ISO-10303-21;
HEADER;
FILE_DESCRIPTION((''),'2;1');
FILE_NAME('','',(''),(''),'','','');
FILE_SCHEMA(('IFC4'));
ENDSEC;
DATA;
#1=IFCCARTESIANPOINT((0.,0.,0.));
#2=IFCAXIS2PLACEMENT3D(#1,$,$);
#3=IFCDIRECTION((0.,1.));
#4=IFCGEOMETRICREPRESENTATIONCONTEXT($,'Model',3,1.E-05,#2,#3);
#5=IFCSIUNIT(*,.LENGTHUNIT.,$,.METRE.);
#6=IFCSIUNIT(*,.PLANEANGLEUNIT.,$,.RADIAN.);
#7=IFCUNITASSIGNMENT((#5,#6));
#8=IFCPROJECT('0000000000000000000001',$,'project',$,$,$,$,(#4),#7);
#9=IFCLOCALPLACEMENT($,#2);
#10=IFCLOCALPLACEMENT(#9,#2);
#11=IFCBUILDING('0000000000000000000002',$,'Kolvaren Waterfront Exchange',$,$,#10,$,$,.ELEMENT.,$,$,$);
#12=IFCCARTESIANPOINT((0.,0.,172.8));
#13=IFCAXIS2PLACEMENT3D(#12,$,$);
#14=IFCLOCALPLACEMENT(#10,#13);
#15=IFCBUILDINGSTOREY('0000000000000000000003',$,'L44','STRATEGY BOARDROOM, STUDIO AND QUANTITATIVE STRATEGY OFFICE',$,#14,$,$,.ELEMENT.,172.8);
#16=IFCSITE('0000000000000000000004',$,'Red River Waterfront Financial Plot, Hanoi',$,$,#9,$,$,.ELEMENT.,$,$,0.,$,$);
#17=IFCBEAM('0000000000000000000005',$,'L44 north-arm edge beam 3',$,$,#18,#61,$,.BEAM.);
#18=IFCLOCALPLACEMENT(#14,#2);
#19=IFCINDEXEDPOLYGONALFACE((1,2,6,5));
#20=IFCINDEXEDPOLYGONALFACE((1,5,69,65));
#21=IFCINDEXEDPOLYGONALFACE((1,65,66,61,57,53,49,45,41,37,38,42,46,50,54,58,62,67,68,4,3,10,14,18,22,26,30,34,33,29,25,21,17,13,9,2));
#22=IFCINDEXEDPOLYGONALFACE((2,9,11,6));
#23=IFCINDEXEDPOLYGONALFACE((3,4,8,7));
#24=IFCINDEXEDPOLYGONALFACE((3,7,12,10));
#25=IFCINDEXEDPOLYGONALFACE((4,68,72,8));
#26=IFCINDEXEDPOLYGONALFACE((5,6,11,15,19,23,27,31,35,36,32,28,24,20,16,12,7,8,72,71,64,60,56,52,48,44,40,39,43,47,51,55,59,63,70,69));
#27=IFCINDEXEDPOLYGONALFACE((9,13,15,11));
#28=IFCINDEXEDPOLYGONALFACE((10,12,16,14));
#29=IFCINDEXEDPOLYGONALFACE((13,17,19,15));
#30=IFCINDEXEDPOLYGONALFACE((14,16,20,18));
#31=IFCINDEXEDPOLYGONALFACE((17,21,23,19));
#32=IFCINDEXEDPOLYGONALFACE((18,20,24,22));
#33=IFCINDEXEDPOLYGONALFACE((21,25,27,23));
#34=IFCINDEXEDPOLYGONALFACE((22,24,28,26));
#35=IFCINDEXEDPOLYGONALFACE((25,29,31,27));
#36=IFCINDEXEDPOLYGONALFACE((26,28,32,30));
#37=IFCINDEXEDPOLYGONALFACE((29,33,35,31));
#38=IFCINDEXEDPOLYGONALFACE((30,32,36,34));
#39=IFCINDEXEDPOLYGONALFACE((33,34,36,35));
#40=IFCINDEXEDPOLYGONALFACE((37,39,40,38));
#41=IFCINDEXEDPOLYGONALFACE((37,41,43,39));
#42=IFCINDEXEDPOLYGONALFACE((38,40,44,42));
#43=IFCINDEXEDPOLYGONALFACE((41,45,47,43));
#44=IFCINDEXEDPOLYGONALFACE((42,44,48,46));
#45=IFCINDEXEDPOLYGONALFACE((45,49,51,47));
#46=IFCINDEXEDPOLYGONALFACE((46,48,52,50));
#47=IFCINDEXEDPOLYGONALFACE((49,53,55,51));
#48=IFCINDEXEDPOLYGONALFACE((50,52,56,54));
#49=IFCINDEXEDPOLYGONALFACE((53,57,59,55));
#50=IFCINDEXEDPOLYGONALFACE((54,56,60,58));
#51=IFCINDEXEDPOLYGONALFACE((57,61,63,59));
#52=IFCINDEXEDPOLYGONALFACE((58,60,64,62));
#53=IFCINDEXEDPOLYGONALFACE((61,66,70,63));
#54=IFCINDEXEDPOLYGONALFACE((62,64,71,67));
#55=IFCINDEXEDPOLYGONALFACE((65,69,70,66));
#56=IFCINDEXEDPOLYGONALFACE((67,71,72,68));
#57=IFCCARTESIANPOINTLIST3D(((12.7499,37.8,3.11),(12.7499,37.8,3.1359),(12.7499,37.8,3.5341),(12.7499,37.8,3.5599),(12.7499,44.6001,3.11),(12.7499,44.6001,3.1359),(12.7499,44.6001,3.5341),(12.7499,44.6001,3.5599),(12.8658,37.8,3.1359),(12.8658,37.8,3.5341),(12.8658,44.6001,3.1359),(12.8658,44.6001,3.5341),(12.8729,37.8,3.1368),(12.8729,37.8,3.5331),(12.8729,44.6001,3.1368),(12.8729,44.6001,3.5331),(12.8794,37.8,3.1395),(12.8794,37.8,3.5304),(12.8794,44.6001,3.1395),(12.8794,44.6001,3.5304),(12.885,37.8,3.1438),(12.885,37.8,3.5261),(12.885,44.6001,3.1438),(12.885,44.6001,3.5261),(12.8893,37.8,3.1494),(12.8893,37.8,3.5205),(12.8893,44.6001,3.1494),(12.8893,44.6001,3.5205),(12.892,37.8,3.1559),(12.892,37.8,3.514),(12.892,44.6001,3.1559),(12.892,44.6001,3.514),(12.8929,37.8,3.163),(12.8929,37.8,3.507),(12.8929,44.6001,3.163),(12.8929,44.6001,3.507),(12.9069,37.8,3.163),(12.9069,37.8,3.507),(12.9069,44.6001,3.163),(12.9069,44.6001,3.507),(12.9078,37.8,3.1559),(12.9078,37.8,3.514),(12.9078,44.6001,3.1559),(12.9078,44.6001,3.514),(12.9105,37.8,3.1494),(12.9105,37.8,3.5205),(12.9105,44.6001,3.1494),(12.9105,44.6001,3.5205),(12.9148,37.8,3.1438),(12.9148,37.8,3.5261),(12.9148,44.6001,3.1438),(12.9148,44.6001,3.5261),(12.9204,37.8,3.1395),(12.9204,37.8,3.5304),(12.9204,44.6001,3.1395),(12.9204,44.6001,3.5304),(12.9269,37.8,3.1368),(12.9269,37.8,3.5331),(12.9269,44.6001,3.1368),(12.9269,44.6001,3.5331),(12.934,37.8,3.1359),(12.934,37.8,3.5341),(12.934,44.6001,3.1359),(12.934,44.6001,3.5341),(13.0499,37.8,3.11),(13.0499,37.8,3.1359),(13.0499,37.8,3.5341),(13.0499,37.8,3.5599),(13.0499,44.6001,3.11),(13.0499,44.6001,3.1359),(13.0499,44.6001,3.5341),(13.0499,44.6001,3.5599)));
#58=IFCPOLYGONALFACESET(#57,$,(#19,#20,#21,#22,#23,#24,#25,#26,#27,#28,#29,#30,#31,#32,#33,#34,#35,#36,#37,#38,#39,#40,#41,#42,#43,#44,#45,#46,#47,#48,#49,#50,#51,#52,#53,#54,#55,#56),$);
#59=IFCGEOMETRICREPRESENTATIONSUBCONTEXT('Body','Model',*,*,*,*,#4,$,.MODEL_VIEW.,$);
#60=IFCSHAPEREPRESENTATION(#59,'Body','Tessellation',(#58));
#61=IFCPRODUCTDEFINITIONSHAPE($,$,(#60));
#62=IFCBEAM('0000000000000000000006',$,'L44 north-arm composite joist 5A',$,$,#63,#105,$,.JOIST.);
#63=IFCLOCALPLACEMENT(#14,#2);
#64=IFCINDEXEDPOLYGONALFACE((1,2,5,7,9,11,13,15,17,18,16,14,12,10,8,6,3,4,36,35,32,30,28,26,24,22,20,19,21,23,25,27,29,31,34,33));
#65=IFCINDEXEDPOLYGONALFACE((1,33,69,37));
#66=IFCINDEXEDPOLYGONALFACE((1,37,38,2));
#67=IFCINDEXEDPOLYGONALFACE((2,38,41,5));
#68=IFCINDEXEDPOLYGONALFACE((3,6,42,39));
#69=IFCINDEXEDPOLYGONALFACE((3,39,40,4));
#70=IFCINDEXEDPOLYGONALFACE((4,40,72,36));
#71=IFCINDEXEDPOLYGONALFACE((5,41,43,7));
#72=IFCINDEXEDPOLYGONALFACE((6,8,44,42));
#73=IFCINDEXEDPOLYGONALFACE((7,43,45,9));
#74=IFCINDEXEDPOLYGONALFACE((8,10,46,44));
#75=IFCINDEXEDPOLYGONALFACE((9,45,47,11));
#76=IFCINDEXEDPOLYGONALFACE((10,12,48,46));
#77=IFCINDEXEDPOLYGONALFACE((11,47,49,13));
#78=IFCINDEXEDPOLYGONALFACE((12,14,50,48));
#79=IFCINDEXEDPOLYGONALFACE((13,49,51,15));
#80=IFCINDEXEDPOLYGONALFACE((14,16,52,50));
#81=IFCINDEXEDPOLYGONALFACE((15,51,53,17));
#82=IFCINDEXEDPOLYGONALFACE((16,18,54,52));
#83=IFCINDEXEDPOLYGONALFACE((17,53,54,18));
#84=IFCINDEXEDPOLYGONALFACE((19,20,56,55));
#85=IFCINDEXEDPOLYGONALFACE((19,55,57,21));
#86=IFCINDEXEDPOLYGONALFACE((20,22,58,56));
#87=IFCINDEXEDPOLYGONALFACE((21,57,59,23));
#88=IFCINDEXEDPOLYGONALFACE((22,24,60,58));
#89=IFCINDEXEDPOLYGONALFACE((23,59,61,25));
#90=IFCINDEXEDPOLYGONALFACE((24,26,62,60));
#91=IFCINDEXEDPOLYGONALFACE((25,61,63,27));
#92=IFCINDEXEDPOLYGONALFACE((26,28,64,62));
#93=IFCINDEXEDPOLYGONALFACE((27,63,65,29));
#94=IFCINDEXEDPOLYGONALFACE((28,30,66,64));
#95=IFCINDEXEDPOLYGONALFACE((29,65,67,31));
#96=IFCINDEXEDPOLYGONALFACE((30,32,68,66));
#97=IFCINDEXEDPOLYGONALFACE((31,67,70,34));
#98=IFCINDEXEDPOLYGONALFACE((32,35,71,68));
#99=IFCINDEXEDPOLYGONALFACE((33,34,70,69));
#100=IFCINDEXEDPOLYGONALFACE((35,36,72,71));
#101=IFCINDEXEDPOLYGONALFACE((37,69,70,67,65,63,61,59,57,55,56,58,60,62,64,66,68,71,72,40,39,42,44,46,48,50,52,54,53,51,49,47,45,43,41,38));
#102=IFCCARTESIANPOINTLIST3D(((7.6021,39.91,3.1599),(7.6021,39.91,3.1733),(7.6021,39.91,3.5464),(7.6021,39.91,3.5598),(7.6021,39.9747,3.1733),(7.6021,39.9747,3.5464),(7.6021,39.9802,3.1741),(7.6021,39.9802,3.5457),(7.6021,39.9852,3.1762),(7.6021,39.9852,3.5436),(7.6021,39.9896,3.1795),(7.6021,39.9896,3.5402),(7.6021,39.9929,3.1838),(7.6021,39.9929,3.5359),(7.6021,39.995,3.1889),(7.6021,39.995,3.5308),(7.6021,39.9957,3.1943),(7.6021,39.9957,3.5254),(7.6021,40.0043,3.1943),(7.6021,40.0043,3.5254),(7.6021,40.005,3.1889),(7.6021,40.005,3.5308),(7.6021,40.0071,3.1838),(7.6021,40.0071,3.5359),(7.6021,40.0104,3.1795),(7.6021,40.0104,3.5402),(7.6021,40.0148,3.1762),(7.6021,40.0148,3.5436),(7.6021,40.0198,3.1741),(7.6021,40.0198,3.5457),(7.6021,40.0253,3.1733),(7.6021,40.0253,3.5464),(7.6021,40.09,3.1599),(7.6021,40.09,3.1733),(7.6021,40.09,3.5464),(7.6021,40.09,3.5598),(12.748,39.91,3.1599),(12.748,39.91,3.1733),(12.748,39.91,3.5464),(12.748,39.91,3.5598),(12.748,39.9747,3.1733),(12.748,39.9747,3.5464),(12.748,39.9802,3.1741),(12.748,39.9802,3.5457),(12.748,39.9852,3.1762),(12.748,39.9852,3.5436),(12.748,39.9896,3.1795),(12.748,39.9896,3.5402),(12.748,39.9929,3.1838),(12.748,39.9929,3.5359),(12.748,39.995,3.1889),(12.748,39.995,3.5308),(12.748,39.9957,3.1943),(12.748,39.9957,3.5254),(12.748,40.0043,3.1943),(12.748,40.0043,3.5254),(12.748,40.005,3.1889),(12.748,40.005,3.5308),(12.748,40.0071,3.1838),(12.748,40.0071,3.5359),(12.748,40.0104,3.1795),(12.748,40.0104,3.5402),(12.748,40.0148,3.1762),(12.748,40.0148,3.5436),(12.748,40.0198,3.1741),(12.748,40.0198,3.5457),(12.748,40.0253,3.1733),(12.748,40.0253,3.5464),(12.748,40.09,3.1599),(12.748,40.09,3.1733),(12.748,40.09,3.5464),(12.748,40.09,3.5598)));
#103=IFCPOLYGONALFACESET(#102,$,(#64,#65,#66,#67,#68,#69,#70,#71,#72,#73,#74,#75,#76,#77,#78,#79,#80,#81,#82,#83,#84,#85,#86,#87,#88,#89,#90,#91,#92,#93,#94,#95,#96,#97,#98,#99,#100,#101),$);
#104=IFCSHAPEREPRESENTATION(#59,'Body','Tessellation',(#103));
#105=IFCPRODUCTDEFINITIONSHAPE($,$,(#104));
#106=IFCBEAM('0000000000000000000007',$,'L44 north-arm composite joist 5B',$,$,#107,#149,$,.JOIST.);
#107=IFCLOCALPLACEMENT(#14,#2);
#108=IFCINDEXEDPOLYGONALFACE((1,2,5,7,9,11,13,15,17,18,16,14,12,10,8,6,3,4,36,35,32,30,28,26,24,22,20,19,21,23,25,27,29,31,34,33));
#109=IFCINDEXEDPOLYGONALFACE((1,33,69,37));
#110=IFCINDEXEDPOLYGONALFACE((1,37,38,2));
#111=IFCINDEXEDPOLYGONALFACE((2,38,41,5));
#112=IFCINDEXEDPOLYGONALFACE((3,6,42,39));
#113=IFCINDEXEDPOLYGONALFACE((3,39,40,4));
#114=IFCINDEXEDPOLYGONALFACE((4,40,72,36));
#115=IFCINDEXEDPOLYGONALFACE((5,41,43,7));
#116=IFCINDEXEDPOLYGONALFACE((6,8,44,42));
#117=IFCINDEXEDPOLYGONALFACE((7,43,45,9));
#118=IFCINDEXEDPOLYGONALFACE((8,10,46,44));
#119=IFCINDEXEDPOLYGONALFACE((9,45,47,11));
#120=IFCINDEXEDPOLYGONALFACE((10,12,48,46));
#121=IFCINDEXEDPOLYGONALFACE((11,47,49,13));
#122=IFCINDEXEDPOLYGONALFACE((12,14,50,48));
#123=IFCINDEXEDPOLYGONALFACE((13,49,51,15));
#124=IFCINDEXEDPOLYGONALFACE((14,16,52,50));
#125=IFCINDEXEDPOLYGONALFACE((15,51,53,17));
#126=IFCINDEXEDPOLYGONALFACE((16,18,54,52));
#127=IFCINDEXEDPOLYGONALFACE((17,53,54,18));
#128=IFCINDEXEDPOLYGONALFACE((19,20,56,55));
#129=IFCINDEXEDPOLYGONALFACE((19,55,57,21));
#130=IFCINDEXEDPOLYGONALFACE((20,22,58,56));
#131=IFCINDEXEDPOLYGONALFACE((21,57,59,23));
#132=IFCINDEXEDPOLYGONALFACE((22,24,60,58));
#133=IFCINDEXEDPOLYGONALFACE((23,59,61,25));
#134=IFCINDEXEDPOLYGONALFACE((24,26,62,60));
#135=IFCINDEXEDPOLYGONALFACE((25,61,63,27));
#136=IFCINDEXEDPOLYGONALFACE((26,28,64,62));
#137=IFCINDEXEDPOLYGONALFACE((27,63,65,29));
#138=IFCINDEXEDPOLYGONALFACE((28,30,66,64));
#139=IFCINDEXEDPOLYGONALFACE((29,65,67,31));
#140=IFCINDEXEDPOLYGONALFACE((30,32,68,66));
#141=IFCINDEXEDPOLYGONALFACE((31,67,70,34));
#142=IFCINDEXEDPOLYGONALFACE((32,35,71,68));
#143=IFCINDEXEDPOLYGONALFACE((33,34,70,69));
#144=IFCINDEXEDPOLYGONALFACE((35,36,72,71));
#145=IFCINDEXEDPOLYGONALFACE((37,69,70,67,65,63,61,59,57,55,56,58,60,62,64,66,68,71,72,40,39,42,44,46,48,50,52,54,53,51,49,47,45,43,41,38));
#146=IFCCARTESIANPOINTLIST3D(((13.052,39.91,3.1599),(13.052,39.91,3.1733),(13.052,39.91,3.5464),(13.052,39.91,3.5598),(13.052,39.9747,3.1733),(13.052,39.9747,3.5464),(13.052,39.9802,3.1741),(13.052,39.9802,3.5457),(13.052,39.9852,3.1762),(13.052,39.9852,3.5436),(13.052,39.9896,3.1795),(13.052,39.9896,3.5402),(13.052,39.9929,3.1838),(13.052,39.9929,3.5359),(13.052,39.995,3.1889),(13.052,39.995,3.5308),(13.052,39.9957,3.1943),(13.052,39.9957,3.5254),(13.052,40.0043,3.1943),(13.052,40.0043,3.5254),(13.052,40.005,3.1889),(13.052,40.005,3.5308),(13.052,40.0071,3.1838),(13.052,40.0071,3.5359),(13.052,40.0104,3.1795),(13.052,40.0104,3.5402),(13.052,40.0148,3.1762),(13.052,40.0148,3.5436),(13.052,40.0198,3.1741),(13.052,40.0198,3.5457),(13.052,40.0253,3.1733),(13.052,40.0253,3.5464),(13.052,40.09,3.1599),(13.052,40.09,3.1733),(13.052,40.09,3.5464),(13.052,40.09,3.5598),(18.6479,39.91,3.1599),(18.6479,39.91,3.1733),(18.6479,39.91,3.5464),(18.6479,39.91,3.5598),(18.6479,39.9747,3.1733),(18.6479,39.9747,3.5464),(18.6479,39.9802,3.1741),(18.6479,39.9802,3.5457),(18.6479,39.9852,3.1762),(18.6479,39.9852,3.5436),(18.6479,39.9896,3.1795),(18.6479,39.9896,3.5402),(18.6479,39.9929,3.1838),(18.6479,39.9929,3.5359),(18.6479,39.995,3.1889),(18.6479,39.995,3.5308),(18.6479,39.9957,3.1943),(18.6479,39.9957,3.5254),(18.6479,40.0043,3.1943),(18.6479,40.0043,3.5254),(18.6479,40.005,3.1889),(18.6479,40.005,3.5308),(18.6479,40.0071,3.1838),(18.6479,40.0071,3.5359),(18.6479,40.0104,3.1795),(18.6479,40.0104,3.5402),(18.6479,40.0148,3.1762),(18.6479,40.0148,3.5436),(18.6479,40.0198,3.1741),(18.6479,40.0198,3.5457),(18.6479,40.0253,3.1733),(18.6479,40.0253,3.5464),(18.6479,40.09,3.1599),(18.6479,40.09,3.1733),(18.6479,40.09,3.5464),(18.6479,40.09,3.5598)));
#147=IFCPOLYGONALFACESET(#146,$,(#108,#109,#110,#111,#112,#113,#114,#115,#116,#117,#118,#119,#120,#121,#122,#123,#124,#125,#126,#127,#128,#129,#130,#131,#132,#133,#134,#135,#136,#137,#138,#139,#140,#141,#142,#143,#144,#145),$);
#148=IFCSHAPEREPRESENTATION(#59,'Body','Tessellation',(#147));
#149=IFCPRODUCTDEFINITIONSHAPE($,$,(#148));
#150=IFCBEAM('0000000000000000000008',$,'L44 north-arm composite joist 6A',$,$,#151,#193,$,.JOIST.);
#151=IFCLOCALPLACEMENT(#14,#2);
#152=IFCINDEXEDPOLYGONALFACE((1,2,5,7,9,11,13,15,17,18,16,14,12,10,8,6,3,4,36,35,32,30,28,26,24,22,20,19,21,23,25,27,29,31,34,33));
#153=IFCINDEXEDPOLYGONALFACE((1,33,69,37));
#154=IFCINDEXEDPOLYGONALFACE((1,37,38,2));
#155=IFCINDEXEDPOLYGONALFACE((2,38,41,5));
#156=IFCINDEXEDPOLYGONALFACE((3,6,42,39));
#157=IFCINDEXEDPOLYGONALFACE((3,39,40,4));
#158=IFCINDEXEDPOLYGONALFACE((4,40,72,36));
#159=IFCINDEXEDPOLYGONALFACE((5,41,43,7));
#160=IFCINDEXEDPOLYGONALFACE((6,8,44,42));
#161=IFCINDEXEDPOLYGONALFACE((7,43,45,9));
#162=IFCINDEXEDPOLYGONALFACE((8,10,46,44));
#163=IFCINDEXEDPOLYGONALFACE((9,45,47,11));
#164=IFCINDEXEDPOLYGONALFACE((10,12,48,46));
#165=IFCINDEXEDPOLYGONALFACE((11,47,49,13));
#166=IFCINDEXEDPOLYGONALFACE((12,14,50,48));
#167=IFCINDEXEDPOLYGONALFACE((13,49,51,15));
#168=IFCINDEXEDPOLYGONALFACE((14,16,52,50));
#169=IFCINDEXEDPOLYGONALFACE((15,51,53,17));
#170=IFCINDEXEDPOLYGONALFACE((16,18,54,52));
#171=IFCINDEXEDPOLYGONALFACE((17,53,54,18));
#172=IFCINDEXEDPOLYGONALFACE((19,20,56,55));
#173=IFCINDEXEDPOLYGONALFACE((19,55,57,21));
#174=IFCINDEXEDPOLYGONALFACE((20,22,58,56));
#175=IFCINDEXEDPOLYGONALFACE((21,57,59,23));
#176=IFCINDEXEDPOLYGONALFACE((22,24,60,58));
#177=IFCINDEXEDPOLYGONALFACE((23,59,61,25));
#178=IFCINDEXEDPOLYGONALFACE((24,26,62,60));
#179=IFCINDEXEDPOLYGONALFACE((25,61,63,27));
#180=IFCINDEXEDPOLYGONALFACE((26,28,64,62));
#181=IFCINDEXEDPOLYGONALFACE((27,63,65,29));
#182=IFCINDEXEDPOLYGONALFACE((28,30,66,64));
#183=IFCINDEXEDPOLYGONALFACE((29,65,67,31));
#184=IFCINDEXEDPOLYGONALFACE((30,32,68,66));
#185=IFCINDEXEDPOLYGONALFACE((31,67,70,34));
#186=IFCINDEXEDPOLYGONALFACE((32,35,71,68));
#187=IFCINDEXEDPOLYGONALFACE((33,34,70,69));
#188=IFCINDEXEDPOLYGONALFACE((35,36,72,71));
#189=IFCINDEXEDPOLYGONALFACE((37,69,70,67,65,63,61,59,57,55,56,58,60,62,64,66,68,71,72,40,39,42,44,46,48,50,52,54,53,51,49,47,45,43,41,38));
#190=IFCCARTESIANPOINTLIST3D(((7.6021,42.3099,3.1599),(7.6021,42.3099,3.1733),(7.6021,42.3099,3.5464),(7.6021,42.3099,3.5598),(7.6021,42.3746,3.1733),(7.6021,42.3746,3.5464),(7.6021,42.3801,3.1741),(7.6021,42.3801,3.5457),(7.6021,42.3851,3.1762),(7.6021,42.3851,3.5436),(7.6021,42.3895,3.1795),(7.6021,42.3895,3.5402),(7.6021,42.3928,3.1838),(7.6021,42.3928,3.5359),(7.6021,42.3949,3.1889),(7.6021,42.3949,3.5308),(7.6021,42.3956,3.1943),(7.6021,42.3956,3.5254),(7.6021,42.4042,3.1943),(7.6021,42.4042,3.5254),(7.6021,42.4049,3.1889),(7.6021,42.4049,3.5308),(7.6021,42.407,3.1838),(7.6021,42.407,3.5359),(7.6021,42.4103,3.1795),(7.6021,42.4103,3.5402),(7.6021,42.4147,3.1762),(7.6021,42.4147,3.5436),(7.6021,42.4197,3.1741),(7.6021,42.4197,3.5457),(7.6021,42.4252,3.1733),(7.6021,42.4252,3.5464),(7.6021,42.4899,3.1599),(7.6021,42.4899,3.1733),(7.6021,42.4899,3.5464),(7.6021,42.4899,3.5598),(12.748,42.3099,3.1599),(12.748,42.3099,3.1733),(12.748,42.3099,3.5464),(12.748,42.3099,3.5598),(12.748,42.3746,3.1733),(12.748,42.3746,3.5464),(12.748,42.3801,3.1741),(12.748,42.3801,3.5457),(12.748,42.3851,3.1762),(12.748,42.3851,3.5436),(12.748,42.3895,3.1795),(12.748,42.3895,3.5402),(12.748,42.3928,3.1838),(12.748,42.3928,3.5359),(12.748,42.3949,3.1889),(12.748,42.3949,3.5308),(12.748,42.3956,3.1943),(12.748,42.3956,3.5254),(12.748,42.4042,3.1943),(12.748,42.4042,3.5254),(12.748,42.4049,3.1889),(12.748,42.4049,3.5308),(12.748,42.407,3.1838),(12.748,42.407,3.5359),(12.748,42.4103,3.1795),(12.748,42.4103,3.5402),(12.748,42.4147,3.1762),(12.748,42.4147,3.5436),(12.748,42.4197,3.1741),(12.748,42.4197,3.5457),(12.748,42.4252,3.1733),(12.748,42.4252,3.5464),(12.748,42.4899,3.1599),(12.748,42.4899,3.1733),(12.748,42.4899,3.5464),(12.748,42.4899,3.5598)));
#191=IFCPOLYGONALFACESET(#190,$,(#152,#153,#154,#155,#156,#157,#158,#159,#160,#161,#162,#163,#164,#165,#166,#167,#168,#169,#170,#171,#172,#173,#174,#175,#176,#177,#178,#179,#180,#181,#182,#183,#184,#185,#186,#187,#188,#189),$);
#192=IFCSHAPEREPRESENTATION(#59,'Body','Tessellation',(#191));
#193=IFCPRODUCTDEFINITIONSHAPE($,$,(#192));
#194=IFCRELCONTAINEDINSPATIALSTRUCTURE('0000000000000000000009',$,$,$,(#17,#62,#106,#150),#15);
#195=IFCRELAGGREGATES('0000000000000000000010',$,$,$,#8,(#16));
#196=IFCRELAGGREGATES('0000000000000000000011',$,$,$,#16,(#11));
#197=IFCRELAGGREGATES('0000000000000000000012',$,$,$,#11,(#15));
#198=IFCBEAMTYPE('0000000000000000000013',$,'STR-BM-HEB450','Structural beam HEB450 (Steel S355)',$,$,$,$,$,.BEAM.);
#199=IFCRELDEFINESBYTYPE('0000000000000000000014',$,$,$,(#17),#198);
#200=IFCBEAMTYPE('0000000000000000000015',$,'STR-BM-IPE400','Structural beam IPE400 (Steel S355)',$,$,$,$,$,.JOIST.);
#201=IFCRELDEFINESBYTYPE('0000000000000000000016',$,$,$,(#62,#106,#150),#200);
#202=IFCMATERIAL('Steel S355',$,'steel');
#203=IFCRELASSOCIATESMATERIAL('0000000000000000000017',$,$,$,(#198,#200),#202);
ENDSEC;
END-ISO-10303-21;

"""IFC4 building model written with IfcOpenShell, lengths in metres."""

from ifc_helpers import new_model, si_unit, direction, frame, origin, origin_2d, place, context, subcontext, project, spatial, i_section, extrude, material, material_profile, profile_set, type_object, element, save


model = new_model("IFC4")

# Units and contexts
model_context = context("Model", 3, precision=1e-05, world=origin(), true_north=direction((0.0, 1.0)))
body_context = subcontext(model_context, "Body", "Model", "MODEL_VIEW")
ifc_project = project(units=[si_unit("LENGTHUNIT", "METRE"), si_unit("PLANEANGLEUNIT", "RADIAN")], contexts=[model_context])

# Site, building, storey
site_placement = place(None, origin())
site = spatial("IfcSite", under=ifc_project, at=site_placement, Name="Red River Waterfront Financial Plot, Hanoi", CompositionType="ELEMENT", RefElevation=0.0)
building_placement = place(site_placement, origin())
building = spatial("IfcBuilding", under=site, at=building_placement, Name="Kolvaren Waterfront Exchange", CompositionType="ELEMENT")
storey_placement = place(building_placement, frame((0.0, 0.0, 172.8)))
storey = spatial("IfcBuildingStorey", under=building, at=storey_placement, Name="L44", Description="STRATEGY BOARDROOM, STUDIO AND QUANTITATIVE STRATEGY OFFICE", CompositionType="ELEMENT", Elevation=172.8)

# Beams
ifc_material_1 = material(Name="Steel S355", Category="steel")
ifc_material_profile_1 = material_profile(ifc_material_1, i_section(OverallWidth=0.3, OverallDepth=0.45, WebThickness=0.0139, FlangeThickness=0.0259, FilletRadius=0.0271, at=origin_2d()), Name="HEB450")
ifc_profile_set_1 = profile_set([ifc_material_profile_1], Name="Steel S355")
beam_type_1 = type_object("IfcBeamType", Name="STR-BM-HEB450", Description="Structural beam HEB450 (Steel S355)", PredefinedType="BEAM", material=ifc_profile_set_1)
beam_1_placement = place(storey_placement, frame((12.8999, 37.8, 3.335), z_axis=(0.0, 1.0, 0.0), x_axis=(-1.0, 0.0, 0.0)))
element("IfcBeam", 1, at=beam_1_placement, inside=storey, type_object=beam_type_1, Name="L44 north-arm edge beam 3", PredefinedType="BEAM", context=body_context, shape_type="SweptSolid", body=[
    extrude(i_section(OverallWidth=0.3, OverallDepth=0.45, WebThickness=0.0139, FlangeThickness=0.0259, FilletRadius=0.0271, at=origin_2d()), origin(), (0.0, 0.0, 1.0), 6.8),
])
ifc_material_profile_2 = material_profile(ifc_material_1, i_section(OverallWidth=0.1799, OverallDepth=0.3999, WebThickness=0.0085, FlangeThickness=0.0134, FilletRadius=0.021, at=origin_2d()), Name="IPE400")
ifc_profile_set_2 = profile_set([ifc_material_profile_2], Name="Steel S355")
beam_type_2 = type_object("IfcBeamType", Name="STR-BM-IPE400", Description="Structural beam IPE400 (Steel S355)", PredefinedType="JOIST", material=ifc_profile_set_2)
beam_2_placement = place(storey_placement, frame((7.6021, 40.0, 3.3599), z_axis=(1.0, 0.0, 0.0), x_axis=(0.0, 1.0, 0.0)))
element("IfcBeam", 2, at=beam_2_placement, inside=storey, type_object=beam_type_2, Name="L44 north-arm composite joist 5A", PredefinedType="JOIST", context=body_context, shape_type="SweptSolid", body=[
    extrude(i_section(OverallWidth=0.1799, OverallDepth=0.3999, WebThickness=0.0085, FlangeThickness=0.0134, FilletRadius=0.021, at=origin_2d()), origin(), (0.0, 0.0, 1.0), 5.146),
])
beam_3_placement = place(storey_placement, frame((13.052, 40.0, 3.3599), z_axis=(1.0, 0.0, 0.0), x_axis=(0.0, 1.0, 0.0)))
element("IfcBeam", 3, at=beam_3_placement, inside=storey, type_object=beam_type_2, Name="L44 north-arm composite joist 5B", PredefinedType="JOIST", context=body_context, shape_type="SweptSolid", body=[
    extrude(i_section(OverallWidth=0.1799, OverallDepth=0.3999, WebThickness=0.0085, FlangeThickness=0.0134, FilletRadius=0.021, at=origin_2d()), origin(), (0.0, 0.0, 1.0), 5.5959),
])
beam_4_placement = place(storey_placement, frame((7.6021, 42.3999, 3.3599), z_axis=(1.0, 0.0, 0.0), x_axis=(0.0, 1.0, 0.0)))
element("IfcBeam", 4, at=beam_4_placement, inside=storey, type_object=beam_type_2, Name="L44 north-arm composite joist 6A", PredefinedType="JOIST", context=body_context, shape_type="SweptSolid", body=[
    extrude(i_section(OverallWidth=0.1799, OverallDepth=0.3999, WebThickness=0.0085, FlangeThickness=0.0134, FilletRadius=0.021, at=origin_2d()), origin(), (0.0, 0.0, 1.0), 5.146),
])

save(model, "model.ifc")
